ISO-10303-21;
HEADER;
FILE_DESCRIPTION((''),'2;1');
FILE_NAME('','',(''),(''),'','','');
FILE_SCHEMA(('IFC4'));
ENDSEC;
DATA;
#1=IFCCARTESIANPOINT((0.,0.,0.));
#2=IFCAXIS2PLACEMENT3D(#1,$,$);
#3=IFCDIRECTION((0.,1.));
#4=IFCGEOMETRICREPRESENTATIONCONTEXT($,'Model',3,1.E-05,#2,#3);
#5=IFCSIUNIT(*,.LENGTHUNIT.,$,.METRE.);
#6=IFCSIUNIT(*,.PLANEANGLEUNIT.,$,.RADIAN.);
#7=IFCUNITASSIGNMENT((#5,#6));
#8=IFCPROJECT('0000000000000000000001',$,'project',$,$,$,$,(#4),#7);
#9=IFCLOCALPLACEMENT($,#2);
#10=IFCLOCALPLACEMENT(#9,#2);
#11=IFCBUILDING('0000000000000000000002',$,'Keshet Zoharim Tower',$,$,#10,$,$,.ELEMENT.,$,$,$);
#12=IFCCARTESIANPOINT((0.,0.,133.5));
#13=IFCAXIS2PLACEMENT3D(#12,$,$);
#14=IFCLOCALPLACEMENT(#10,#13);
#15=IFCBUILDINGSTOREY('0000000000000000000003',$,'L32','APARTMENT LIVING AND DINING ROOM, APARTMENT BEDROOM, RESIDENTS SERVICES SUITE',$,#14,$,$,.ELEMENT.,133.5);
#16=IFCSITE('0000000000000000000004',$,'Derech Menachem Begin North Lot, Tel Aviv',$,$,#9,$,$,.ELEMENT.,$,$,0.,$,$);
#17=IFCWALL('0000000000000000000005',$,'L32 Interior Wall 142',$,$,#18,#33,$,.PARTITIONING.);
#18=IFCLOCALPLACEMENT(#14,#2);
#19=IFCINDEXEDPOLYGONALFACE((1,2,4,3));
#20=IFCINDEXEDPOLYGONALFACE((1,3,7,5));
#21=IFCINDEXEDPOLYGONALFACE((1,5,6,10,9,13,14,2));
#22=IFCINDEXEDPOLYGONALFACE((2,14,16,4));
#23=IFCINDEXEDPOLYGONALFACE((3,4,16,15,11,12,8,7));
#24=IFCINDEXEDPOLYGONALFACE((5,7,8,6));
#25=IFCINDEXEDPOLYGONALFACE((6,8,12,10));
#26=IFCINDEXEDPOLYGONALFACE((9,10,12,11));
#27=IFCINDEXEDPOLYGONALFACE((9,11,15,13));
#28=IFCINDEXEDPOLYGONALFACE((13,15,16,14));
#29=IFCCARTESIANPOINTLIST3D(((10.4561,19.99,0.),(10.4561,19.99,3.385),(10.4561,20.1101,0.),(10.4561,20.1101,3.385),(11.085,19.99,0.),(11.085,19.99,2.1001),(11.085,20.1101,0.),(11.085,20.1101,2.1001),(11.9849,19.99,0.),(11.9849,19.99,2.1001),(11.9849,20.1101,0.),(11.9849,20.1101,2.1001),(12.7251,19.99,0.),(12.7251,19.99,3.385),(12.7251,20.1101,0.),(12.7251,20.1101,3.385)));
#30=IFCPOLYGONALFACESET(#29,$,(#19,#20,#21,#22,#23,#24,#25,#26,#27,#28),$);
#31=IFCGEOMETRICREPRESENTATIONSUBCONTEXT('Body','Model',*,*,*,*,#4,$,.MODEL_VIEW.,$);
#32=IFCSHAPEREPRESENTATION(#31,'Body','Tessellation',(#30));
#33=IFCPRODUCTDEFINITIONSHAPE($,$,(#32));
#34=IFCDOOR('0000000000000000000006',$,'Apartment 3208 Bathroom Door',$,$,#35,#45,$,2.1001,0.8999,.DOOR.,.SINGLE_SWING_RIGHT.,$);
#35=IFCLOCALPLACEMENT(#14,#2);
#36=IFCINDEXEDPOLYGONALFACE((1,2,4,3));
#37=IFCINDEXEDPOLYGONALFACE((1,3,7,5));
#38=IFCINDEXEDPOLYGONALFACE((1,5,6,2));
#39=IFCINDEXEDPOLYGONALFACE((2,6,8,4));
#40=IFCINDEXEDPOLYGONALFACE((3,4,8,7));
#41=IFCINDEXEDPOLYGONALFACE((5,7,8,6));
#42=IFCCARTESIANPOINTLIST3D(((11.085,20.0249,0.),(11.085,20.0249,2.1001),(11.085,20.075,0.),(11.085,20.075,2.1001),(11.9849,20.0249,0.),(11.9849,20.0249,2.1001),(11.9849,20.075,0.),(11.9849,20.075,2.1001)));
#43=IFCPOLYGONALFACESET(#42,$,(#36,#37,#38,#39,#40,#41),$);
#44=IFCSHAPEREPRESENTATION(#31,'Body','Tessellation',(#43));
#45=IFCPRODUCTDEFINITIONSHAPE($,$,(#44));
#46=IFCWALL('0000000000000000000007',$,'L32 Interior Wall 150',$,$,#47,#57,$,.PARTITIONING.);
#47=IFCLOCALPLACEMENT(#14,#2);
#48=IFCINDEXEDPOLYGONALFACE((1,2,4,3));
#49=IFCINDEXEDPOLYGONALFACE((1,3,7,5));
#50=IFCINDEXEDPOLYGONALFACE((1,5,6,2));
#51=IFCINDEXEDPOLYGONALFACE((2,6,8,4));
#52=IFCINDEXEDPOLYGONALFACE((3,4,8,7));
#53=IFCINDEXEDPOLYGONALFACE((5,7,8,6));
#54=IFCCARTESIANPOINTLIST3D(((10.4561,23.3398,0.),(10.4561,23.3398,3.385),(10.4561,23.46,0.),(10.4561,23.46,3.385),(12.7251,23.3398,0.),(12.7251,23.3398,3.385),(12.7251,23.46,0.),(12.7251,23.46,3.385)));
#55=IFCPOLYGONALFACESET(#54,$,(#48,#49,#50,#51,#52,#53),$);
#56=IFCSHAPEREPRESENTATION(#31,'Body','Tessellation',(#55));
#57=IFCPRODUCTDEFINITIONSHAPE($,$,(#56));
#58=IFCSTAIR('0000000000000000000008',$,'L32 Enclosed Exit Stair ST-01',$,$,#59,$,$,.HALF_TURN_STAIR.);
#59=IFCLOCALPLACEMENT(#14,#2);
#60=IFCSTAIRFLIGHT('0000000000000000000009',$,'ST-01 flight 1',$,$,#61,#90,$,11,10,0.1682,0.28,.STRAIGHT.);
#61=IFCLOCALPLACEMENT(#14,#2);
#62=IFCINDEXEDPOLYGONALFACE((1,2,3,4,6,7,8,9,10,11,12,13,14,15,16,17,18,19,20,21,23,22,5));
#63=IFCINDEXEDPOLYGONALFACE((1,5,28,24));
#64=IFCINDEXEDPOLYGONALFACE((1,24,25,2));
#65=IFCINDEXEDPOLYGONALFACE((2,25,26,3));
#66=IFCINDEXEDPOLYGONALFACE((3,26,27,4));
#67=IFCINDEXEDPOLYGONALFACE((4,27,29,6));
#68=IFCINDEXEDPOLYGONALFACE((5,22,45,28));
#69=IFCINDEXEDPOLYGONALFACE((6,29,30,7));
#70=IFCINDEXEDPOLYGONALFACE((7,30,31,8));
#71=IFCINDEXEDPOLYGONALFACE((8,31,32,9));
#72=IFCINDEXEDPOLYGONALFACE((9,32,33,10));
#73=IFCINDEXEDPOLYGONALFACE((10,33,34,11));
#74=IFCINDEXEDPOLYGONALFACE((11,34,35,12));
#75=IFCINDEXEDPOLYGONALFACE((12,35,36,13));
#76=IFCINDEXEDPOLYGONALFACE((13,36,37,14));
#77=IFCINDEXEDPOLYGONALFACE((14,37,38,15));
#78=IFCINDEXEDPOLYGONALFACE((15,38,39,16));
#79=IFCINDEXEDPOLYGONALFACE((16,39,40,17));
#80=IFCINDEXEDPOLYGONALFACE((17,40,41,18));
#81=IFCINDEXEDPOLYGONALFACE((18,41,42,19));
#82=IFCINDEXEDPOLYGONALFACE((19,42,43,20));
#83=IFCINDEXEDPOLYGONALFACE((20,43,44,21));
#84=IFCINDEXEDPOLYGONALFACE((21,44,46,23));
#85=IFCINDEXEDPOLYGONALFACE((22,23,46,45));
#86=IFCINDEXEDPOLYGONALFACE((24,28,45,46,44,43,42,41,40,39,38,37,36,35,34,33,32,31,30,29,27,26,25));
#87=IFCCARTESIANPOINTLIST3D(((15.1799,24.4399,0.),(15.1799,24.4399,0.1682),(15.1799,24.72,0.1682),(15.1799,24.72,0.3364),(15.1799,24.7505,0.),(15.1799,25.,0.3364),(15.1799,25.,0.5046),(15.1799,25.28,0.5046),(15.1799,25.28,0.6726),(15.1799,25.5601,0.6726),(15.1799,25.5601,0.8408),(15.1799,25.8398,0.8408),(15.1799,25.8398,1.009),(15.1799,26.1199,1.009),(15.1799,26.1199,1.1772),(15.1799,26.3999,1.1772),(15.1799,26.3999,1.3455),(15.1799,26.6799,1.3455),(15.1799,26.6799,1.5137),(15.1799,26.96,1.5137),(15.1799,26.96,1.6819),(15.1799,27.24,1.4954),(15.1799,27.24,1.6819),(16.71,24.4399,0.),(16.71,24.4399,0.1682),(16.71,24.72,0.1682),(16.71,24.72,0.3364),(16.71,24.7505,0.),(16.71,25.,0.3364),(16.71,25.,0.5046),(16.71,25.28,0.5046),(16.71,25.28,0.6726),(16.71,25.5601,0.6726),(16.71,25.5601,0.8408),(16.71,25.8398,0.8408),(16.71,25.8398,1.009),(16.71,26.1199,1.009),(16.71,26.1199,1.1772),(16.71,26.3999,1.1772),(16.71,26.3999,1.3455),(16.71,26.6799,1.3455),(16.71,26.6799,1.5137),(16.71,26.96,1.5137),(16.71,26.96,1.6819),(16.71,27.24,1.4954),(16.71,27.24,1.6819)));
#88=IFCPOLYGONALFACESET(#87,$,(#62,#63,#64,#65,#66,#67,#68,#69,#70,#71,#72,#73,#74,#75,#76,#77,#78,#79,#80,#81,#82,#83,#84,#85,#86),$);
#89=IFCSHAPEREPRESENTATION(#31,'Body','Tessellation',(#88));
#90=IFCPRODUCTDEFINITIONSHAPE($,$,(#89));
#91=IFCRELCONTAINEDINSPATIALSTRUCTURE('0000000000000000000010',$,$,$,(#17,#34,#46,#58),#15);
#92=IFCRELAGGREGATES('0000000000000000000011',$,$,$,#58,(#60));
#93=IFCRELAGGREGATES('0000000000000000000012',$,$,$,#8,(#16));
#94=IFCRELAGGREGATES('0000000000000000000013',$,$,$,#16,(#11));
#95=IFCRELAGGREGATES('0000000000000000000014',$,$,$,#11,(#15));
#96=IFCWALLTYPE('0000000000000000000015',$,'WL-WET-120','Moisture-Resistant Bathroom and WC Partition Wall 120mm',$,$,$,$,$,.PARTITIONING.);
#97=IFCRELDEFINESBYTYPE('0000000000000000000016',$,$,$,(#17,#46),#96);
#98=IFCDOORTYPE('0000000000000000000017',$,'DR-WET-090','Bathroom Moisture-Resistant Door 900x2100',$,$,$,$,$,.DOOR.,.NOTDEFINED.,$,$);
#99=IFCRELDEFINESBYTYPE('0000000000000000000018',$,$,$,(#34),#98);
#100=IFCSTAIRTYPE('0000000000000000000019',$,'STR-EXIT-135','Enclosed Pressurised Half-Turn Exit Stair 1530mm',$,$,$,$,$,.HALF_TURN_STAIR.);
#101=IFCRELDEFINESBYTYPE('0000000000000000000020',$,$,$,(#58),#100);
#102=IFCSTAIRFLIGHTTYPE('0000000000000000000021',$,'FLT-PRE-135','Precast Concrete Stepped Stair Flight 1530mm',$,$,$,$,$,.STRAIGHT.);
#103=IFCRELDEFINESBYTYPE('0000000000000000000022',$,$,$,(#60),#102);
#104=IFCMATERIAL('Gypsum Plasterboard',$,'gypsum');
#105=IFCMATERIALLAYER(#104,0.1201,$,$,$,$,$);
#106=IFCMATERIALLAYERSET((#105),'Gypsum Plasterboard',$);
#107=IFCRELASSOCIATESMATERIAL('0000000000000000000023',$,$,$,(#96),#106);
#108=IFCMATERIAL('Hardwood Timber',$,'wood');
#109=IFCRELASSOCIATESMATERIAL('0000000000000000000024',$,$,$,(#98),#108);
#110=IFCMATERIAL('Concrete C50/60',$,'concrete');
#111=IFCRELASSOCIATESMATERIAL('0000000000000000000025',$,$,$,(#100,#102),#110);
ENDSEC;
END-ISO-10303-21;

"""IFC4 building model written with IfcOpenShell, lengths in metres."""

from ifc_helpers import new_model, si_unit, direction, frame, frame_2d, origin, place, context, subcontext, project, spatial, polyline, rectangle, outline, extrude, material, layer, layer_set, type_object, element, fill, aggregate, save


model = new_model("IFC4")

# Units and contexts
model_context = context("Model", 3, precision=1e-05, world=origin(), true_north=direction((0.0, 1.0)))
body_context = subcontext(model_context, "Body", "Model", "MODEL_VIEW")
ifc_project = project(units=[si_unit("LENGTHUNIT", "METRE"), si_unit("PLANEANGLEUNIT", "RADIAN")], contexts=[model_context])

# Site, building, storey
site_placement = place(None, origin())
site = spatial("IfcSite", under=ifc_project, at=site_placement, Name="Derech Menachem Begin North Lot, Tel Aviv", CompositionType="ELEMENT", RefElevation=0.0)
building_placement = place(site_placement, origin())
building = spatial("IfcBuilding", under=site, at=building_placement, Name="Keshet Zoharim Tower", CompositionType="ELEMENT")
storey_placement = place(building_placement, frame((0.0, 0.0, 133.5)))
storey = spatial("IfcBuildingStorey", under=building, at=storey_placement, Name="L32", Description="APARTMENT LIVING AND DINING ROOM, APARTMENT BEDROOM, RESIDENTS SERVICES SUITE", CompositionType="ELEMENT", Elevation=133.5)

# Shared definitions
ifc_material_1 = material(Name="Gypsum Plasterboard", Category="gypsum")

# Shared definitions
ifc_material_2 = material(Name="Hardwood Timber", Category="wood")

# Shared definitions
ifc_layer_1 = layer(ifc_material_1, 0.1201)
ifc_layer_set_1 = layer_set([ifc_layer_1], Name="Gypsum Plasterboard")
wall_type_1 = type_object("IfcWallType", Name="WL-WET-120", Description="Moisture-Resistant Bathroom and WC Partition Wall 120mm", PredefinedType="PARTITIONING", material=ifc_layer_set_1)

# Wall, opening, door
wall_1_placement = place(storey_placement, frame((10.4561, 20.05, 0.0), z_axis=(0.0, 0.0, 1.0), x_axis=(1.0, 0.0, 0.0)))
wall_1 = element("IfcWall", 1, at=wall_1_placement, inside=storey, type_object=wall_type_1, Name="L32 Interior Wall 142", PredefinedType="PARTITIONING", context=body_context, shape_type="SweptSolid", body=[
    extrude(rectangle(XDim=2.269, YDim=0.1201, at=frame_2d((1.1345, 0.0))), origin(), (0.0, 0.0, 1.0), 3.385),
])
opening_1_placement = place(wall_1_placement, frame((0.6289, 0.0, 0.0)))
opening_1 = element("IfcOpeningElement", 2, at=opening_1_placement, cuts=wall_1, PredefinedType="OPENING", context=body_context, shape_type="SweptSolid", body=[
    extrude(rectangle(XDim=0.8999, YDim=2.1001, at=frame_2d((0.45, 1.05))), frame((0.0, 0.0701, 0.0), z_axis=(0.0, -1.0, 0.0), x_axis=(1.0, 0.0, 0.0)), (0.0, 0.0, 1.0), 0.1401),
])
door_type_1 = type_object("IfcDoorType", Name="DR-WET-090", Description="Bathroom Moisture-Resistant Door 900x2100", OperationType="NOTDEFINED", PredefinedType="DOOR", material=ifc_material_2)
door_1_placement = place(opening_1_placement, origin())
door_1 = element("IfcDoor", 3, at=door_1_placement, inside=storey, type_object=door_type_1, Name="Apartment 3208 Bathroom Door", OperationType="SINGLE_SWING_RIGHT", OverallHeight=2.1001, OverallWidth=0.8999, PredefinedType="DOOR", context=body_context, shape_type="SweptSolid", body=[
    extrude(rectangle(XDim=0.8999, YDim=2.1001, at=frame_2d((0.45, 1.05))), frame((0.0, 0.0249, 0.0), z_axis=(0.0, -1.0, 0.0), x_axis=(1.0, 0.0, 0.0)), (0.0, 0.0, 1.0), 0.05),
])
fill(opening_1, door_1)

# Wall
wall_2_placement = place(storey_placement, frame((10.4561, 23.3999, 0.0), z_axis=(0.0, 0.0, 1.0), x_axis=(1.0, 0.0, 0.0)))
element("IfcWall", 4, at=wall_2_placement, inside=storey, type_object=wall_type_1, Name="L32 Interior Wall 150", PredefinedType="PARTITIONING", context=body_context, shape_type="SweptSolid", body=[
    extrude(rectangle(XDim=2.269, YDim=0.1201, at=frame_2d((1.1345, 0.0))), origin(), (0.0, 0.0, 1.0), 3.385),
])

# Stair, stair flight
ifc_material_3 = material(Name="Concrete C50/60", Category="concrete")
stair_type = type_object("IfcStairType", Name="STR-EXIT-135", Description="Enclosed Pressurised Half-Turn Exit Stair 1530mm", PredefinedType="HALF_TURN_STAIR", material=ifc_material_3)
stair_placement = place(storey_placement, origin())
stair = element("IfcStair", 5, at=stair_placement, inside=storey, type_object=stair_type, Name="L32 Enclosed Exit Stair ST-01", PredefinedType="HALF_TURN_STAIR")
stair_flight_type = type_object("IfcStairFlightType", Name="FLT-PRE-135", Description="Precast Concrete Stepped Stair Flight 1530mm", PredefinedType="STRAIGHT", material=ifc_material_3)
stair_flight_placement = place(storey_placement, frame((15.9451, 24.4399, 0.0), z_axis=(0.0, 0.0, 1.0), x_axis=(0.0, 1.0, 0.0)))
stair_flight = element("IfcStairFlight", 6, at=stair_flight_placement, type_object=stair_flight_type, Name="ST-01 flight 1", NumberOfRisers=11, NumberOfTreads=10, PredefinedType="STRAIGHT", RiserHeight=0.1682, TreadLength=0.28, context=body_context, shape_type="SweptSolid", body=[
    extrude(outline(polyline([(0.0, 0.0), (0.0, 0.1682), (0.28, 0.1682), (0.28, 0.3364), (0.5601, 0.3364), (0.5601, 0.5046), (0.8401, 0.5046), (0.8401, 0.6726), (1.1201, 0.6726), (1.1201, 0.8408), (1.3999, 0.8408), (1.3999, 1.009), (1.6799, 1.009), (1.6799, 1.1772), (1.96, 1.1772), (1.96, 1.3455), (2.24, 1.3455), (2.24, 1.5137), (2.52, 1.5137), (2.52, 1.6819), (2.8, 1.6819), (2.8, 1.8501), (2.8, 1.4954), (0.3105, 0.0), (0.0, 0.0)])), frame((0.0, 0.7651, 0.0), z_axis=(0.0, -1.0, 0.0), x_axis=(1.0, 0.0, 0.0)), (0.0, 0.0, 1.0), 1.53),
])
aggregate(stair, [stair_flight])

save(model, "model.ifc")
